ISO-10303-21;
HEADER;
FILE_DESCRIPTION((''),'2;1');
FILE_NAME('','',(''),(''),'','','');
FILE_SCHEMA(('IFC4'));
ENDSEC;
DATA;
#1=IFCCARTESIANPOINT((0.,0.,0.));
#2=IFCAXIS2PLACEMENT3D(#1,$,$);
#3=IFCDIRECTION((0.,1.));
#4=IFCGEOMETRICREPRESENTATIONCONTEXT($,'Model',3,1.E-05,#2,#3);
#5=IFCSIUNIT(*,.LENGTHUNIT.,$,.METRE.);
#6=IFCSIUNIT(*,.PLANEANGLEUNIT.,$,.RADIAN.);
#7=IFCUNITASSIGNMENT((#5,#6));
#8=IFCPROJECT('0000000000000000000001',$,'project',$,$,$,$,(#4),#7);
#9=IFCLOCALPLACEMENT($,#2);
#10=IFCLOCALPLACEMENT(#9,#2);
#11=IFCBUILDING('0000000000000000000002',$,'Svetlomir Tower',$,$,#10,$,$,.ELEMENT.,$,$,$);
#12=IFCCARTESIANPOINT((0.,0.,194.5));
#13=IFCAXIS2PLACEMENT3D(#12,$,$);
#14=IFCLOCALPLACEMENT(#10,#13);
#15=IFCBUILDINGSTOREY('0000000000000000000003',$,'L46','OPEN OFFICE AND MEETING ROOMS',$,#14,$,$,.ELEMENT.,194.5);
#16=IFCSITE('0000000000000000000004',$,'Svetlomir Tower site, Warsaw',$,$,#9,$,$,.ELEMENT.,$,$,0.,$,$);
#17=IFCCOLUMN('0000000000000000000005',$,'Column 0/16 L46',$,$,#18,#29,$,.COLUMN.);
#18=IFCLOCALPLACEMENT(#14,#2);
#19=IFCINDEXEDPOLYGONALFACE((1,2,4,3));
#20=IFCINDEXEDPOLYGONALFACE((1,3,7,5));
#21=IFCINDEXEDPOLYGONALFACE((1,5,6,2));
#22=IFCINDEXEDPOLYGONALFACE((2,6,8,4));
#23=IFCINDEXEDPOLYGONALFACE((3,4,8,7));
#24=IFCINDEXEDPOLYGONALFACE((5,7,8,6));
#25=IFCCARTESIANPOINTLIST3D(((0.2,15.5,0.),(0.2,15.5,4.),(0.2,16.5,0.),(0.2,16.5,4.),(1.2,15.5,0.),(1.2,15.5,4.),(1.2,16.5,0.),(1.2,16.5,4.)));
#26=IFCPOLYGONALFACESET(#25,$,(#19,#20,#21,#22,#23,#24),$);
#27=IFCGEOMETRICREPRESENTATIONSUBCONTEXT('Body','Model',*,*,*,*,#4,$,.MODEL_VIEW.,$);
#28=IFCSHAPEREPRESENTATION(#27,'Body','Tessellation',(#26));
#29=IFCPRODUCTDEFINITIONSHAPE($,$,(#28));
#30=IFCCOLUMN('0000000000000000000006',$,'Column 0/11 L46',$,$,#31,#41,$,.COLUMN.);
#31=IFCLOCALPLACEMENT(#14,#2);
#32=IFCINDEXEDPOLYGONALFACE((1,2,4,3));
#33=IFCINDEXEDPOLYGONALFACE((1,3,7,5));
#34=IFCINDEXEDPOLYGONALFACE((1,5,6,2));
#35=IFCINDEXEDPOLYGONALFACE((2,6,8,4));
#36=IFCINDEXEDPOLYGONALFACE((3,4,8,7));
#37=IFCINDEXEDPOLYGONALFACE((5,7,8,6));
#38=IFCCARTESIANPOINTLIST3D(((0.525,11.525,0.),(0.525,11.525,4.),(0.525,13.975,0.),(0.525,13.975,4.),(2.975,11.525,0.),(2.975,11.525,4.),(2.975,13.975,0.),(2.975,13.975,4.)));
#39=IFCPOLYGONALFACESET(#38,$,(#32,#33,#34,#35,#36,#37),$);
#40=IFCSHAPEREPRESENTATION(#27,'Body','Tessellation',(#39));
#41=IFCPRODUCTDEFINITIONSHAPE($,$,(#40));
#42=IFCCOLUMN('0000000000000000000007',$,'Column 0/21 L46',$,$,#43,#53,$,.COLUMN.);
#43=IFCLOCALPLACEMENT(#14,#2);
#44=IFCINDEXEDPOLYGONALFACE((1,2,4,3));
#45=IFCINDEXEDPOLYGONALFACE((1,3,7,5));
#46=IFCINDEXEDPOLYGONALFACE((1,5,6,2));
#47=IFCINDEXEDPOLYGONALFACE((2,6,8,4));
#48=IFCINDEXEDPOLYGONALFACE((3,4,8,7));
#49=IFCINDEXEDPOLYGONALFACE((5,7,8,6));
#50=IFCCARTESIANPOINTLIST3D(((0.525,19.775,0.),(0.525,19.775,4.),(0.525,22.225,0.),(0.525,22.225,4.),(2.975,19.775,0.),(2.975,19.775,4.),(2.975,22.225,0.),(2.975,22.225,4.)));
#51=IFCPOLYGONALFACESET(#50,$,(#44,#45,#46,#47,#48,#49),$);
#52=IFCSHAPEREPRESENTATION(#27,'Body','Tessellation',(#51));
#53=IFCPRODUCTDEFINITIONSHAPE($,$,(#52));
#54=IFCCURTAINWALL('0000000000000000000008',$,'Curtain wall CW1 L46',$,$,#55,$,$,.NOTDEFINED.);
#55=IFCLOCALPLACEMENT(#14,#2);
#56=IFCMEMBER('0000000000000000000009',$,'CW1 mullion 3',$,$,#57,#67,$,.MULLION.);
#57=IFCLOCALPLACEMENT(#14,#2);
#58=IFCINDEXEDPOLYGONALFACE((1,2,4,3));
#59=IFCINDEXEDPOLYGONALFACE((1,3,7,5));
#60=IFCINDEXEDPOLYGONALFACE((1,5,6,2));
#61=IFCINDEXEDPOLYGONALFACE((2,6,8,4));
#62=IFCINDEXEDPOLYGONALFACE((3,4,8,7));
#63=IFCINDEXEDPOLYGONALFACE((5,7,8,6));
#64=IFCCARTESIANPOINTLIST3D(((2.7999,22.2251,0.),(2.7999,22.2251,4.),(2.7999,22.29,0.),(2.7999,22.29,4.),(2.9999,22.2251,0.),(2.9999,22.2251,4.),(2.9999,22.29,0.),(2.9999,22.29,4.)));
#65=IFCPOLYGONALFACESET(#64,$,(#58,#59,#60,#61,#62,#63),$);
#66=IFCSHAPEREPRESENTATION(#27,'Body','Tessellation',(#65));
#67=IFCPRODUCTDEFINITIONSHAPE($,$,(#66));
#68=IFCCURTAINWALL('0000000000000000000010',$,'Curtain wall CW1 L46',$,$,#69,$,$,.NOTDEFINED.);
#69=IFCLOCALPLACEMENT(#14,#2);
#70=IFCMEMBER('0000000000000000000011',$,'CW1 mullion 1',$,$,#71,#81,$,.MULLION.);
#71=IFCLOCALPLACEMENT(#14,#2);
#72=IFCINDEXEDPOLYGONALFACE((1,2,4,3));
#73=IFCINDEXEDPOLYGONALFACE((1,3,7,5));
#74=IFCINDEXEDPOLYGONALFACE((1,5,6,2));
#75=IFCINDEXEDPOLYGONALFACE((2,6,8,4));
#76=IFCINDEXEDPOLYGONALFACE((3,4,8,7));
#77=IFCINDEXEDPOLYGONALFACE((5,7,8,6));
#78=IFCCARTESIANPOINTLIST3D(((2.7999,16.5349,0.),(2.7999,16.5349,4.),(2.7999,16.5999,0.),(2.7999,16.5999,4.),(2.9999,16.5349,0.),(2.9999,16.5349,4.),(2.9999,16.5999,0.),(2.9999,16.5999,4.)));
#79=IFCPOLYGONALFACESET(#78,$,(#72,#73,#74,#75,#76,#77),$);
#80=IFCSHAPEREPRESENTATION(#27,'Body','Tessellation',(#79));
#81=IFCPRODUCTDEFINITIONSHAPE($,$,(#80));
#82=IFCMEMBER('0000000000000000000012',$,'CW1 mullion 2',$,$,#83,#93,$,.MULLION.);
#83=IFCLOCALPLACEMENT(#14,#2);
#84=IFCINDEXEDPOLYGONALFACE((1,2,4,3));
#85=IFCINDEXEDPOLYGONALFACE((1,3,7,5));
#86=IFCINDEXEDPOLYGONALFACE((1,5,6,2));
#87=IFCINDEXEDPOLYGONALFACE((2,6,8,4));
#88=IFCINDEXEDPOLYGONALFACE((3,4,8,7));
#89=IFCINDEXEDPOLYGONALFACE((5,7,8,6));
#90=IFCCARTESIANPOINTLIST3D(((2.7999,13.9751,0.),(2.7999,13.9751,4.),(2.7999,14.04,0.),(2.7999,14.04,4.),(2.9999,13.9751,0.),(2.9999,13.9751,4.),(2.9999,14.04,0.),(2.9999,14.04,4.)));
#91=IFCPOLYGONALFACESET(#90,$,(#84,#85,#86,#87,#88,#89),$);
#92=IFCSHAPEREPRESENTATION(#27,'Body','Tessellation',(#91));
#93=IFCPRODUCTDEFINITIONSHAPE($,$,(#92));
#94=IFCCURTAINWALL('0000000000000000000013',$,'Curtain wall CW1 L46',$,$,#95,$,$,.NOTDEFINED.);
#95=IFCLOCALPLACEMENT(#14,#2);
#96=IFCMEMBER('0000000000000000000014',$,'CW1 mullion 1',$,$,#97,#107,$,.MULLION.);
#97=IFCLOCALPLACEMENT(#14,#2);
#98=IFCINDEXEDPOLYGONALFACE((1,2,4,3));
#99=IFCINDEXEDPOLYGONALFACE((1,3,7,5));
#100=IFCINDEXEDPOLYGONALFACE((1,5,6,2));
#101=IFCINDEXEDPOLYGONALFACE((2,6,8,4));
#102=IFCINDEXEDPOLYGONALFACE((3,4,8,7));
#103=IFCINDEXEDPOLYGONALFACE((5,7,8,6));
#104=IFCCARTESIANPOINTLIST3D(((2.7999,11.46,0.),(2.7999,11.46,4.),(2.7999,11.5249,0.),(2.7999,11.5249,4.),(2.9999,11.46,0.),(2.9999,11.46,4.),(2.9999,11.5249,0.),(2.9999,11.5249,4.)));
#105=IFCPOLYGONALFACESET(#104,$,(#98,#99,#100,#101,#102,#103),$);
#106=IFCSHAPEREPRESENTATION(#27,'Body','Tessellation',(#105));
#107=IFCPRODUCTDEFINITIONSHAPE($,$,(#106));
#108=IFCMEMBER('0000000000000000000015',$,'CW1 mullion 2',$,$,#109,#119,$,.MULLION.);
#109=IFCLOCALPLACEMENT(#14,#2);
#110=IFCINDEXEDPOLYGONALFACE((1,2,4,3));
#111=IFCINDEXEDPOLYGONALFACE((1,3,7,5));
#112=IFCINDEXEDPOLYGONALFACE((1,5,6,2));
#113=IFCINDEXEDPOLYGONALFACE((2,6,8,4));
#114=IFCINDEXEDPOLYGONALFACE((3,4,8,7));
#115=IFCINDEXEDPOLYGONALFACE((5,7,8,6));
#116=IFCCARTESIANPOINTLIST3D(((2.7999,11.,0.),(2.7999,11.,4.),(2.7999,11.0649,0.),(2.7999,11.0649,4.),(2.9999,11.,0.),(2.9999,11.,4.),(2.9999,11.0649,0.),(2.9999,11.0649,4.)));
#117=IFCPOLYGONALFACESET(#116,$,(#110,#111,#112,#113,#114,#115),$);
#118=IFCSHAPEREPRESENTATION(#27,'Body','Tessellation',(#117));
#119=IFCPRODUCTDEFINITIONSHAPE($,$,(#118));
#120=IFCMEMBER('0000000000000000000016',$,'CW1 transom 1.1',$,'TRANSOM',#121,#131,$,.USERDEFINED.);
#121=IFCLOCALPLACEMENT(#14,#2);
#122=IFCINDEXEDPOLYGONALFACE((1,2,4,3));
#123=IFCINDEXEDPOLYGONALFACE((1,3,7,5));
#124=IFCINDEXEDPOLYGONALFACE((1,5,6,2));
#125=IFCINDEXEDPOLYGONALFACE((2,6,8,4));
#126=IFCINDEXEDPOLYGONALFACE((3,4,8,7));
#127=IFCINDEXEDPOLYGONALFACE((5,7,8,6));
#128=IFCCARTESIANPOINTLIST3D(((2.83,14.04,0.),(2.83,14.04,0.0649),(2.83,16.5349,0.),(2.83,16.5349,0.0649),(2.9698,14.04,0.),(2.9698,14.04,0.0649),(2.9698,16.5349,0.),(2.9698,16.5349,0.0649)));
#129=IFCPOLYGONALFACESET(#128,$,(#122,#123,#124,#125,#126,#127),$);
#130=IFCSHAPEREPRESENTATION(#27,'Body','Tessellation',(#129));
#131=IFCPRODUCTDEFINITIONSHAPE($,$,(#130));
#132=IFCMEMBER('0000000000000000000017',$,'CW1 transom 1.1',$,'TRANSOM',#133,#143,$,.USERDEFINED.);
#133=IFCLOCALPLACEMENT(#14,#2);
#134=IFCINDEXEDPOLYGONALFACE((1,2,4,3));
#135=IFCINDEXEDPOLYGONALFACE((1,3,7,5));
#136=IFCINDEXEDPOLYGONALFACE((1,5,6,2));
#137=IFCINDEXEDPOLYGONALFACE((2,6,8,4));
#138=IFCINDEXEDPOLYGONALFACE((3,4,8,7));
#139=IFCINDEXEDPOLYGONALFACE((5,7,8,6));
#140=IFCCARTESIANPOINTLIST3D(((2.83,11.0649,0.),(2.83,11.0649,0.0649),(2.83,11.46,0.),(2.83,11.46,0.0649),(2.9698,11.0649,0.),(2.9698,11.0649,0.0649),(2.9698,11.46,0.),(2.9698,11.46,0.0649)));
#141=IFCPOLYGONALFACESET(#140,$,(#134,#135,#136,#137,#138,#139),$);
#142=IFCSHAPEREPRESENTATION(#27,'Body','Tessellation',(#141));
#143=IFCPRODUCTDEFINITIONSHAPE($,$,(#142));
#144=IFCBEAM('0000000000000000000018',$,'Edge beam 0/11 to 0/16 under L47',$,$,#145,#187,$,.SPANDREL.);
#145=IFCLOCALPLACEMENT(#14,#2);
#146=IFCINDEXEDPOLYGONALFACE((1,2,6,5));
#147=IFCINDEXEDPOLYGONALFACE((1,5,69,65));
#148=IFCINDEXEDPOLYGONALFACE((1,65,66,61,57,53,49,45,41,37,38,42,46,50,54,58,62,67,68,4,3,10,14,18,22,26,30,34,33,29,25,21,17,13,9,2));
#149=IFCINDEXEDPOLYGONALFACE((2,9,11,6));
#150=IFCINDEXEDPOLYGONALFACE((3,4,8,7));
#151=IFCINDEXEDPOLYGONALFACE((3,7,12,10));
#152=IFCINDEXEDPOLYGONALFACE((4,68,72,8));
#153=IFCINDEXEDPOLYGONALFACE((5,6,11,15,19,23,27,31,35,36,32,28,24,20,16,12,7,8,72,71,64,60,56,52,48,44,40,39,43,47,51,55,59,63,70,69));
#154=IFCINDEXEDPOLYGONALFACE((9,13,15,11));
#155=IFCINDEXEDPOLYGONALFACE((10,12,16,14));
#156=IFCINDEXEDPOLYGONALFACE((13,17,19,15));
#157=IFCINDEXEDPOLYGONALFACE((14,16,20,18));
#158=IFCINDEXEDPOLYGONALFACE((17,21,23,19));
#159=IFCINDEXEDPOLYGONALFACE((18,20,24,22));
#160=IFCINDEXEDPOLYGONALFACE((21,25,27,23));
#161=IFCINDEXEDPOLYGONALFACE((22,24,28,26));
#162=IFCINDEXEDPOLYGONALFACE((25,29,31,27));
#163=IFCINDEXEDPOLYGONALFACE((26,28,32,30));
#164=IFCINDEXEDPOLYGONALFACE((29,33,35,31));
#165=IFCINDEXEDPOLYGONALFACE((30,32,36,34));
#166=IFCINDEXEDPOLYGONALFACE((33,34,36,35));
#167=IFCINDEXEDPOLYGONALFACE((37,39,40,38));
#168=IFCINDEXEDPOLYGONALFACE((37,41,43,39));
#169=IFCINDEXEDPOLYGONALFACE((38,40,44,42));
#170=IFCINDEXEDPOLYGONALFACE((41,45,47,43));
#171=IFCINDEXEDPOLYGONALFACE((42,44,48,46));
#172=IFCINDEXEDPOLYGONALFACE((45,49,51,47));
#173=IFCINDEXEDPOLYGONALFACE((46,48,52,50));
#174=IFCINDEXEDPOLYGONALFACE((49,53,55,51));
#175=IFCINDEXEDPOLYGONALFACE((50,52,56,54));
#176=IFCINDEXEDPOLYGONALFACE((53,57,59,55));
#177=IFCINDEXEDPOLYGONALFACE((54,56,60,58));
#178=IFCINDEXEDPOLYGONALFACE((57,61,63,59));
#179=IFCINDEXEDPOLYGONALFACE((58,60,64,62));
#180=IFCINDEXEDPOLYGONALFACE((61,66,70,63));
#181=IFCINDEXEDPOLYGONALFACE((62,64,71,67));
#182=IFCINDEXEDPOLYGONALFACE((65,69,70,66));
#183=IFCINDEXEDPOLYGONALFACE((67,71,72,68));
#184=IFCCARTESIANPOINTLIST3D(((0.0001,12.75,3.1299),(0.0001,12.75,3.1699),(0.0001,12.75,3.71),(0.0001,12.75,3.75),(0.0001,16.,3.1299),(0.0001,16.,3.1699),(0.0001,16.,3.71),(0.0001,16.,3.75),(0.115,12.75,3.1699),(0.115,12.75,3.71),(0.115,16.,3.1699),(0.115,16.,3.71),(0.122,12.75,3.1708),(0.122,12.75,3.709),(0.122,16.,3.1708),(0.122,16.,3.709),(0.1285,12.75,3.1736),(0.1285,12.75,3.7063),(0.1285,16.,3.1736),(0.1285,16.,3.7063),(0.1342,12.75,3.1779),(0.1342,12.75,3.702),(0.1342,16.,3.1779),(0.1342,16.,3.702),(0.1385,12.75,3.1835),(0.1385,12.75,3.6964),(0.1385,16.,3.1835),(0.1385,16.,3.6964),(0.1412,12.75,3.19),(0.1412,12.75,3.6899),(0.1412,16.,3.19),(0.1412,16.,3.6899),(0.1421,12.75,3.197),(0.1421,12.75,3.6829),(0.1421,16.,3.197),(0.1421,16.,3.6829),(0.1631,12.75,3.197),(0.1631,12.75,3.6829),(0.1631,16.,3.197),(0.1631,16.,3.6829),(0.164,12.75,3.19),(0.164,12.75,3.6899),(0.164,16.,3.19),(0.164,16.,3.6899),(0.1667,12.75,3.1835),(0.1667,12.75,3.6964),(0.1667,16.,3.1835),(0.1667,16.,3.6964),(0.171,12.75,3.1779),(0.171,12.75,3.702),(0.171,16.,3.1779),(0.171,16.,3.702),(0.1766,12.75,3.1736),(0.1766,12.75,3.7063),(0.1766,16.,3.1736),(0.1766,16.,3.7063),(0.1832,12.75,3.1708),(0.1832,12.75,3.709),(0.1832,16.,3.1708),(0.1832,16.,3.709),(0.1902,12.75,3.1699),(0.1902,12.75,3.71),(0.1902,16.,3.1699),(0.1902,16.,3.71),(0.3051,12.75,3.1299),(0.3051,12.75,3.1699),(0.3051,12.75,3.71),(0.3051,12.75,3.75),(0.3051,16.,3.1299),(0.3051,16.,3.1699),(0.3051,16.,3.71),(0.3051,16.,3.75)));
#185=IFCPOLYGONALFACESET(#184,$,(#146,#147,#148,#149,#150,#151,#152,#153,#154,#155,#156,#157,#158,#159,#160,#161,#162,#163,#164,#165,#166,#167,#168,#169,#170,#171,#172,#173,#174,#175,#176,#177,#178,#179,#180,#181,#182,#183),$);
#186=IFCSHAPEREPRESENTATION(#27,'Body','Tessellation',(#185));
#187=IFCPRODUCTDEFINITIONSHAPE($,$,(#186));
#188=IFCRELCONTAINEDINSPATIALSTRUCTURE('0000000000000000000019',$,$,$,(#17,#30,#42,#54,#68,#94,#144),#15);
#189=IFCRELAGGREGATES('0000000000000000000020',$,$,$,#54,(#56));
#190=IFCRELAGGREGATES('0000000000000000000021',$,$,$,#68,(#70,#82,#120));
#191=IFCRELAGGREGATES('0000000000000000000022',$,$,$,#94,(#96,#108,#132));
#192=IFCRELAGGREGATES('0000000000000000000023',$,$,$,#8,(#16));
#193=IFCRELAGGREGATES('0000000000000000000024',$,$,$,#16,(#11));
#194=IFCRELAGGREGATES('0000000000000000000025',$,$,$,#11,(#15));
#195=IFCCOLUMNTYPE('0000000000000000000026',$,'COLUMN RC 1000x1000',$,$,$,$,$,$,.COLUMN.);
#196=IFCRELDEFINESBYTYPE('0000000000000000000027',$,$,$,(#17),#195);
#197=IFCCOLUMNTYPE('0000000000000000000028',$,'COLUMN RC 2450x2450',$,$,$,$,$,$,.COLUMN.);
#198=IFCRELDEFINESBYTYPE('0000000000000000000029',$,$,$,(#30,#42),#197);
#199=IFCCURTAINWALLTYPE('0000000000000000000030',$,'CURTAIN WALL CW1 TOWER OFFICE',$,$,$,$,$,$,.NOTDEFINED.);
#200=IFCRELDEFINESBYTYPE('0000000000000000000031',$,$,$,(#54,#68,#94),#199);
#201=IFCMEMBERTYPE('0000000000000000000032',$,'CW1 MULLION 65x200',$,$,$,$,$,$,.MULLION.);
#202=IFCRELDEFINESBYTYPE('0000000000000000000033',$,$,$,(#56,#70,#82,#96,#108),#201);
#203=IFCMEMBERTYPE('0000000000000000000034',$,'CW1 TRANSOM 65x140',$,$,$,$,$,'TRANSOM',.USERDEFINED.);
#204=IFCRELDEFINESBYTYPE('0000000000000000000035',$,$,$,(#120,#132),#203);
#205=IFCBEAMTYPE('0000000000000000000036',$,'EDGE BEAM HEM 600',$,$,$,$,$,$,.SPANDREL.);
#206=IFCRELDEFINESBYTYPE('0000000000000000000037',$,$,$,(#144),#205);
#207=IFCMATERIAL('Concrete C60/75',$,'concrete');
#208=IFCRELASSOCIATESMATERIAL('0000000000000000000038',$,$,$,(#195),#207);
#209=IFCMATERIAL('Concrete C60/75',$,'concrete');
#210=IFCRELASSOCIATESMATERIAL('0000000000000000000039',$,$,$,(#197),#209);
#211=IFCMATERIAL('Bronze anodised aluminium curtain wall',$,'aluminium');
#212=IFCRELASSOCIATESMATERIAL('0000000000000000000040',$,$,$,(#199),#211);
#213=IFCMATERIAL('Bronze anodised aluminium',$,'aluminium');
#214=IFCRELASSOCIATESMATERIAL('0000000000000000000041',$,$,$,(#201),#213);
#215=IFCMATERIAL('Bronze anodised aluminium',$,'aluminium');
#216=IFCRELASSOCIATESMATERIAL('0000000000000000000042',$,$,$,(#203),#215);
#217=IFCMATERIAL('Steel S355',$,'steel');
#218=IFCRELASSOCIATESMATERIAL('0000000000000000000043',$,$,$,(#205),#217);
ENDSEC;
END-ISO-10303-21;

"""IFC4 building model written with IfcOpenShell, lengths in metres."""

from ifc_helpers import new_model, si_unit, direction, frame, origin, origin_2d, place, context, subcontext, project, spatial, rectangle, i_section, extrude, material, material_profile, profile_set, type_object, element, aggregate, save


model = new_model("IFC4")

# Units and contexts
model_context = context("Model", 3, precision=1e-05, world=origin(), true_north=direction((0.0, 1.0)))
body_context = subcontext(model_context, "Body", "Model", "MODEL_VIEW")
ifc_project = project(units=[si_unit("LENGTHUNIT", "METRE"), si_unit("PLANEANGLEUNIT", "RADIAN")], contexts=[model_context])

# Site, building, storey
site_placement = place(None, origin())
site = spatial("IfcSite", under=ifc_project, at=site_placement, Name="Svetlomir Tower site, Warsaw", CompositionType="ELEMENT", RefElevation=0.0)
building_placement = place(site_placement, origin())
building = spatial("IfcBuilding", under=site, at=building_placement, Name="Svetlomir Tower", CompositionType="ELEMENT")
storey_placement = place(building_placement, frame((0.0, 0.0, 194.5)))
storey = spatial("IfcBuildingStorey", under=building, at=storey_placement, Name="L46", Description="OPEN OFFICE AND MEETING ROOMS", CompositionType="ELEMENT", Elevation=194.5)

# Columns
ifc_material_1 = material(Name="Concrete C60/75", Category="concrete")
ifc_material_profile_1 = material_profile(ifc_material_1, rectangle(XDim=1.0, YDim=1.0, at=origin_2d()), Name="RC 1000x1000")
ifc_profile_set_1 = profile_set([ifc_material_profile_1], Name="Concrete C60/75")
column_type_1 = type_object("IfcColumnType", Name="COLUMN RC 1000x1000", PredefinedType="COLUMN", material=ifc_profile_set_1)
column_placement = place(storey_placement, frame((0.7, 16.0, 0.0), z_axis=(0.0, 0.0, 1.0), x_axis=(1.0, 0.0, 0.0)))
element("IfcColumn", 1, at=column_placement, inside=storey, type_object=column_type_1, Name="Column 0/16 L46", PredefinedType="COLUMN", context=body_context, shape_type="SweptSolid", body=[
    extrude(rectangle(XDim=1.0, YDim=1.0, at=origin_2d()), origin(), (0.0, 0.0, 1.0), 4.0),
])
ifc_material_2 = material(Name="Concrete C60/75", Category="concrete")
ifc_material_profile_2 = material_profile(ifc_material_2, rectangle(XDim=2.45, YDim=2.45, at=origin_2d()), Name="RC 2450x2450")
ifc_profile_set_2 = profile_set([ifc_material_profile_2], Name="Concrete C60/75")
column_type_2 = type_object("IfcColumnType", Name="COLUMN RC 2450x2450", PredefinedType="COLUMN", material=ifc_profile_set_2)
for number, where, z_axis, x_axis, name in (
    (2, (1.75, 12.75, 0.0), (0.0, 0.0, 1.0), (1.0, 0.0, 0.0), "Column 0/11 L46"),
    (3, (1.75, 21.0, 0.0), (0.0, 0.0, 1.0), (1.0, 0.0, 0.0), "Column 0/21 L46"),
):
    element("IfcColumn", number, at=place(storey_placement, frame(where, z_axis=z_axis, x_axis=x_axis)), inside=storey, type_object=column_type_2, Name=name, PredefinedType="COLUMN", context=body_context, shape_type="SweptSolid", body=[
        extrude(rectangle(XDim=2.45, YDim=2.45, at=origin_2d()), origin(), (0.0, 0.0, 1.0), 4.0),
    ])

# Curtain wall, member
ifc_material_3 = material(Name="Bronze anodised aluminium curtain wall", Category="aluminium")
curtain_wall_type = type_object("IfcCurtainWallType", Name="CURTAIN WALL CW1 TOWER OFFICE", PredefinedType="NOTDEFINED", material=ifc_material_3)
curtain_wall_1_placement = place(storey_placement, origin())
curtain_wall_1 = element("IfcCurtainWall", 4, at=curtain_wall_1_placement, inside=storey, type_object=curtain_wall_type, Name="Curtain wall CW1 L46", PredefinedType="NOTDEFINED")
ifc_material_4 = material(Name="Bronze anodised aluminium", Category="aluminium")
ifc_material_profile_3 = material_profile(ifc_material_4, rectangle(XDim=0.0649, YDim=0.2, at=origin_2d()), Name="AL 65x200")
ifc_profile_set_3 = profile_set([ifc_material_profile_3], Name="Bronze anodised aluminium 6063-T6")
member_type_1 = type_object("IfcMemberType", Name="CW1 MULLION 65x200", PredefinedType="MULLION", material=ifc_profile_set_3)
member_1_placement = place(storey_placement, frame((2.8999, 22.2576, 0.0), z_axis=(0.0, 0.0, 1.0), x_axis=(0.0, -1.0, 0.0)))
member_1 = element("IfcMember", 5, at=member_1_placement, type_object=member_type_1, Name="CW1 mullion 3", PredefinedType="MULLION", context=body_context, shape_type="SweptSolid", body=[
    extrude(rectangle(XDim=0.0649, YDim=0.2, at=origin_2d()), origin(), (0.0, 0.0, 1.0), 4.0),
])

# Curtain walls, members
curtain_wall_2_placement = place(storey_placement, origin())
curtain_wall_2 = element("IfcCurtainWall", 6, at=curtain_wall_2_placement, inside=storey, type_object=curtain_wall_type, Name="Curtain wall CW1 L46", PredefinedType="NOTDEFINED")
member_2_placement = place(storey_placement, frame((2.8999, 16.5674, 0.0), z_axis=(0.0, 0.0, 1.0), x_axis=(0.0, -1.0, 0.0)))
member_2 = element("IfcMember", 7, at=member_2_placement, type_object=member_type_1, Name="CW1 mullion 1", PredefinedType="MULLION", context=body_context, shape_type="SweptSolid", body=[
    extrude(rectangle(XDim=0.0649, YDim=0.2, at=origin_2d()), origin(), (0.0, 0.0, 1.0), 4.0),
])
member_3_placement = place(storey_placement, frame((2.8999, 14.0076, 0.0), z_axis=(0.0, 0.0, 1.0), x_axis=(0.0, -1.0, 0.0)))
member_3 = element("IfcMember", 8, at=member_3_placement, type_object=member_type_1, Name="CW1 mullion 2", PredefinedType="MULLION", context=body_context, shape_type="SweptSolid", body=[
    extrude(rectangle(XDim=0.0649, YDim=0.2, at=origin_2d()), origin(), (0.0, 0.0, 1.0), 4.0),
])
curtain_wall_3_placement = place(storey_placement, origin())
curtain_wall_3 = element("IfcCurtainWall", 9, at=curtain_wall_3_placement, inside=storey, type_object=curtain_wall_type, Name="Curtain wall CW1 L46", PredefinedType="NOTDEFINED")
member_4_placement = place(storey_placement, frame((2.8999, 11.4924, 0.0), z_axis=(0.0, 0.0, 1.0), x_axis=(0.0, -1.0, 0.0)))
member_4 = element("IfcMember", 10, at=member_4_placement, type_object=member_type_1, Name="CW1 mullion 1", PredefinedType="MULLION", context=body_context, shape_type="SweptSolid", body=[
    extrude(rectangle(XDim=0.0649, YDim=0.2, at=origin_2d()), origin(), (0.0, 0.0, 1.0), 4.0),
])
member_5_placement = place(storey_placement, frame((2.8999, 11.0325, 0.0), z_axis=(0.0, 0.0, 1.0), x_axis=(0.0, -1.0, 0.0)))
member_5 = element("IfcMember", 11, at=member_5_placement, type_object=member_type_1, Name="CW1 mullion 2", PredefinedType="MULLION", context=body_context, shape_type="SweptSolid", body=[
    extrude(rectangle(XDim=0.0649, YDim=0.2, at=origin_2d()), origin(), (0.0, 0.0, 1.0), 4.0),
])

# Members
ifc_material_5 = material(Name="Bronze anodised aluminium", Category="aluminium")
ifc_material_profile_4 = material_profile(ifc_material_5, rectangle(XDim=0.1399, YDim=0.0649, at=origin_2d()), Name="AL 140x65")
ifc_profile_set_4 = profile_set([ifc_material_profile_4], Name="Bronze anodised aluminium 6063-T6")
member_type_2 = type_object("IfcMemberType", Name="CW1 TRANSOM 65x140", ElementType="TRANSOM", PredefinedType="USERDEFINED", material=ifc_profile_set_4)
member_6_placement = place(storey_placement, frame((2.8999, 16.5349, 0.0325), z_axis=(0.0, -1.0, 0.0), x_axis=(1.0, 0.0, 0.0)))
member_6 = element("IfcMember", 12, at=member_6_placement, type_object=member_type_2, Name="CW1 transom 1.1", ObjectType="TRANSOM", PredefinedType="USERDEFINED", context=body_context, shape_type="SweptSolid", body=[
    extrude(rectangle(XDim=0.1399, YDim=0.0649, at=origin_2d()), origin(), (0.0, 0.0, 1.0), 2.4949),
])
member_7_placement = place(storey_placement, frame((2.8999, 11.46, 0.0325), z_axis=(0.0, -1.0, 0.0), x_axis=(1.0, 0.0, 0.0)))
member_7 = element("IfcMember", 13, at=member_7_placement, type_object=member_type_2, Name="CW1 transom 1.1", ObjectType="TRANSOM", PredefinedType="USERDEFINED", context=body_context, shape_type="SweptSolid", body=[
    extrude(rectangle(XDim=0.1399, YDim=0.0649, at=origin_2d()), origin(), (0.0, 0.0, 1.0), 0.395),
])

# Beam
ifc_material_6 = material(Name="Steel S355", Category="steel")
ifc_material_profile_5 = material_profile(ifc_material_6, i_section(OverallWidth=0.3049, OverallDepth=0.6201, WebThickness=0.021, FlangeThickness=0.04, FilletRadius=0.0271, at=origin_2d()), Name="HEM 600")
ifc_profile_set_5 = profile_set([ifc_material_profile_5], Name="Steel S355")
beam_type_1 = type_object("IfcBeamType", Name="EDGE BEAM HEM 600", PredefinedType="SPANDREL", material=ifc_profile_set_5)
beam_1_placement = place(storey_placement, frame((0.1526, 12.75, 3.4399), z_axis=(0.0, 1.0, 0.0), x_axis=(-1.0, 0.0, 0.0)))
element("IfcBeam", 14, at=beam_1_placement, inside=storey, type_object=beam_type_1, Name="Edge beam 0/11 to 0/16 under L47", PredefinedType="SPANDREL", context=body_context, shape_type="SweptSolid", body=[
    extrude(i_section(OverallWidth=0.3049, OverallDepth=0.6201, WebThickness=0.021, FlangeThickness=0.04, FilletRadius=0.0271, at=origin_2d()), origin(), (0.0, 0.0, 1.0), 3.25),
])

aggregate(curtain_wall_1, [member_1])
aggregate(curtain_wall_2, [member_2, member_3, member_6])
aggregate(curtain_wall_3, [member_4, member_5, member_7])

save(model, "model.ifc")
